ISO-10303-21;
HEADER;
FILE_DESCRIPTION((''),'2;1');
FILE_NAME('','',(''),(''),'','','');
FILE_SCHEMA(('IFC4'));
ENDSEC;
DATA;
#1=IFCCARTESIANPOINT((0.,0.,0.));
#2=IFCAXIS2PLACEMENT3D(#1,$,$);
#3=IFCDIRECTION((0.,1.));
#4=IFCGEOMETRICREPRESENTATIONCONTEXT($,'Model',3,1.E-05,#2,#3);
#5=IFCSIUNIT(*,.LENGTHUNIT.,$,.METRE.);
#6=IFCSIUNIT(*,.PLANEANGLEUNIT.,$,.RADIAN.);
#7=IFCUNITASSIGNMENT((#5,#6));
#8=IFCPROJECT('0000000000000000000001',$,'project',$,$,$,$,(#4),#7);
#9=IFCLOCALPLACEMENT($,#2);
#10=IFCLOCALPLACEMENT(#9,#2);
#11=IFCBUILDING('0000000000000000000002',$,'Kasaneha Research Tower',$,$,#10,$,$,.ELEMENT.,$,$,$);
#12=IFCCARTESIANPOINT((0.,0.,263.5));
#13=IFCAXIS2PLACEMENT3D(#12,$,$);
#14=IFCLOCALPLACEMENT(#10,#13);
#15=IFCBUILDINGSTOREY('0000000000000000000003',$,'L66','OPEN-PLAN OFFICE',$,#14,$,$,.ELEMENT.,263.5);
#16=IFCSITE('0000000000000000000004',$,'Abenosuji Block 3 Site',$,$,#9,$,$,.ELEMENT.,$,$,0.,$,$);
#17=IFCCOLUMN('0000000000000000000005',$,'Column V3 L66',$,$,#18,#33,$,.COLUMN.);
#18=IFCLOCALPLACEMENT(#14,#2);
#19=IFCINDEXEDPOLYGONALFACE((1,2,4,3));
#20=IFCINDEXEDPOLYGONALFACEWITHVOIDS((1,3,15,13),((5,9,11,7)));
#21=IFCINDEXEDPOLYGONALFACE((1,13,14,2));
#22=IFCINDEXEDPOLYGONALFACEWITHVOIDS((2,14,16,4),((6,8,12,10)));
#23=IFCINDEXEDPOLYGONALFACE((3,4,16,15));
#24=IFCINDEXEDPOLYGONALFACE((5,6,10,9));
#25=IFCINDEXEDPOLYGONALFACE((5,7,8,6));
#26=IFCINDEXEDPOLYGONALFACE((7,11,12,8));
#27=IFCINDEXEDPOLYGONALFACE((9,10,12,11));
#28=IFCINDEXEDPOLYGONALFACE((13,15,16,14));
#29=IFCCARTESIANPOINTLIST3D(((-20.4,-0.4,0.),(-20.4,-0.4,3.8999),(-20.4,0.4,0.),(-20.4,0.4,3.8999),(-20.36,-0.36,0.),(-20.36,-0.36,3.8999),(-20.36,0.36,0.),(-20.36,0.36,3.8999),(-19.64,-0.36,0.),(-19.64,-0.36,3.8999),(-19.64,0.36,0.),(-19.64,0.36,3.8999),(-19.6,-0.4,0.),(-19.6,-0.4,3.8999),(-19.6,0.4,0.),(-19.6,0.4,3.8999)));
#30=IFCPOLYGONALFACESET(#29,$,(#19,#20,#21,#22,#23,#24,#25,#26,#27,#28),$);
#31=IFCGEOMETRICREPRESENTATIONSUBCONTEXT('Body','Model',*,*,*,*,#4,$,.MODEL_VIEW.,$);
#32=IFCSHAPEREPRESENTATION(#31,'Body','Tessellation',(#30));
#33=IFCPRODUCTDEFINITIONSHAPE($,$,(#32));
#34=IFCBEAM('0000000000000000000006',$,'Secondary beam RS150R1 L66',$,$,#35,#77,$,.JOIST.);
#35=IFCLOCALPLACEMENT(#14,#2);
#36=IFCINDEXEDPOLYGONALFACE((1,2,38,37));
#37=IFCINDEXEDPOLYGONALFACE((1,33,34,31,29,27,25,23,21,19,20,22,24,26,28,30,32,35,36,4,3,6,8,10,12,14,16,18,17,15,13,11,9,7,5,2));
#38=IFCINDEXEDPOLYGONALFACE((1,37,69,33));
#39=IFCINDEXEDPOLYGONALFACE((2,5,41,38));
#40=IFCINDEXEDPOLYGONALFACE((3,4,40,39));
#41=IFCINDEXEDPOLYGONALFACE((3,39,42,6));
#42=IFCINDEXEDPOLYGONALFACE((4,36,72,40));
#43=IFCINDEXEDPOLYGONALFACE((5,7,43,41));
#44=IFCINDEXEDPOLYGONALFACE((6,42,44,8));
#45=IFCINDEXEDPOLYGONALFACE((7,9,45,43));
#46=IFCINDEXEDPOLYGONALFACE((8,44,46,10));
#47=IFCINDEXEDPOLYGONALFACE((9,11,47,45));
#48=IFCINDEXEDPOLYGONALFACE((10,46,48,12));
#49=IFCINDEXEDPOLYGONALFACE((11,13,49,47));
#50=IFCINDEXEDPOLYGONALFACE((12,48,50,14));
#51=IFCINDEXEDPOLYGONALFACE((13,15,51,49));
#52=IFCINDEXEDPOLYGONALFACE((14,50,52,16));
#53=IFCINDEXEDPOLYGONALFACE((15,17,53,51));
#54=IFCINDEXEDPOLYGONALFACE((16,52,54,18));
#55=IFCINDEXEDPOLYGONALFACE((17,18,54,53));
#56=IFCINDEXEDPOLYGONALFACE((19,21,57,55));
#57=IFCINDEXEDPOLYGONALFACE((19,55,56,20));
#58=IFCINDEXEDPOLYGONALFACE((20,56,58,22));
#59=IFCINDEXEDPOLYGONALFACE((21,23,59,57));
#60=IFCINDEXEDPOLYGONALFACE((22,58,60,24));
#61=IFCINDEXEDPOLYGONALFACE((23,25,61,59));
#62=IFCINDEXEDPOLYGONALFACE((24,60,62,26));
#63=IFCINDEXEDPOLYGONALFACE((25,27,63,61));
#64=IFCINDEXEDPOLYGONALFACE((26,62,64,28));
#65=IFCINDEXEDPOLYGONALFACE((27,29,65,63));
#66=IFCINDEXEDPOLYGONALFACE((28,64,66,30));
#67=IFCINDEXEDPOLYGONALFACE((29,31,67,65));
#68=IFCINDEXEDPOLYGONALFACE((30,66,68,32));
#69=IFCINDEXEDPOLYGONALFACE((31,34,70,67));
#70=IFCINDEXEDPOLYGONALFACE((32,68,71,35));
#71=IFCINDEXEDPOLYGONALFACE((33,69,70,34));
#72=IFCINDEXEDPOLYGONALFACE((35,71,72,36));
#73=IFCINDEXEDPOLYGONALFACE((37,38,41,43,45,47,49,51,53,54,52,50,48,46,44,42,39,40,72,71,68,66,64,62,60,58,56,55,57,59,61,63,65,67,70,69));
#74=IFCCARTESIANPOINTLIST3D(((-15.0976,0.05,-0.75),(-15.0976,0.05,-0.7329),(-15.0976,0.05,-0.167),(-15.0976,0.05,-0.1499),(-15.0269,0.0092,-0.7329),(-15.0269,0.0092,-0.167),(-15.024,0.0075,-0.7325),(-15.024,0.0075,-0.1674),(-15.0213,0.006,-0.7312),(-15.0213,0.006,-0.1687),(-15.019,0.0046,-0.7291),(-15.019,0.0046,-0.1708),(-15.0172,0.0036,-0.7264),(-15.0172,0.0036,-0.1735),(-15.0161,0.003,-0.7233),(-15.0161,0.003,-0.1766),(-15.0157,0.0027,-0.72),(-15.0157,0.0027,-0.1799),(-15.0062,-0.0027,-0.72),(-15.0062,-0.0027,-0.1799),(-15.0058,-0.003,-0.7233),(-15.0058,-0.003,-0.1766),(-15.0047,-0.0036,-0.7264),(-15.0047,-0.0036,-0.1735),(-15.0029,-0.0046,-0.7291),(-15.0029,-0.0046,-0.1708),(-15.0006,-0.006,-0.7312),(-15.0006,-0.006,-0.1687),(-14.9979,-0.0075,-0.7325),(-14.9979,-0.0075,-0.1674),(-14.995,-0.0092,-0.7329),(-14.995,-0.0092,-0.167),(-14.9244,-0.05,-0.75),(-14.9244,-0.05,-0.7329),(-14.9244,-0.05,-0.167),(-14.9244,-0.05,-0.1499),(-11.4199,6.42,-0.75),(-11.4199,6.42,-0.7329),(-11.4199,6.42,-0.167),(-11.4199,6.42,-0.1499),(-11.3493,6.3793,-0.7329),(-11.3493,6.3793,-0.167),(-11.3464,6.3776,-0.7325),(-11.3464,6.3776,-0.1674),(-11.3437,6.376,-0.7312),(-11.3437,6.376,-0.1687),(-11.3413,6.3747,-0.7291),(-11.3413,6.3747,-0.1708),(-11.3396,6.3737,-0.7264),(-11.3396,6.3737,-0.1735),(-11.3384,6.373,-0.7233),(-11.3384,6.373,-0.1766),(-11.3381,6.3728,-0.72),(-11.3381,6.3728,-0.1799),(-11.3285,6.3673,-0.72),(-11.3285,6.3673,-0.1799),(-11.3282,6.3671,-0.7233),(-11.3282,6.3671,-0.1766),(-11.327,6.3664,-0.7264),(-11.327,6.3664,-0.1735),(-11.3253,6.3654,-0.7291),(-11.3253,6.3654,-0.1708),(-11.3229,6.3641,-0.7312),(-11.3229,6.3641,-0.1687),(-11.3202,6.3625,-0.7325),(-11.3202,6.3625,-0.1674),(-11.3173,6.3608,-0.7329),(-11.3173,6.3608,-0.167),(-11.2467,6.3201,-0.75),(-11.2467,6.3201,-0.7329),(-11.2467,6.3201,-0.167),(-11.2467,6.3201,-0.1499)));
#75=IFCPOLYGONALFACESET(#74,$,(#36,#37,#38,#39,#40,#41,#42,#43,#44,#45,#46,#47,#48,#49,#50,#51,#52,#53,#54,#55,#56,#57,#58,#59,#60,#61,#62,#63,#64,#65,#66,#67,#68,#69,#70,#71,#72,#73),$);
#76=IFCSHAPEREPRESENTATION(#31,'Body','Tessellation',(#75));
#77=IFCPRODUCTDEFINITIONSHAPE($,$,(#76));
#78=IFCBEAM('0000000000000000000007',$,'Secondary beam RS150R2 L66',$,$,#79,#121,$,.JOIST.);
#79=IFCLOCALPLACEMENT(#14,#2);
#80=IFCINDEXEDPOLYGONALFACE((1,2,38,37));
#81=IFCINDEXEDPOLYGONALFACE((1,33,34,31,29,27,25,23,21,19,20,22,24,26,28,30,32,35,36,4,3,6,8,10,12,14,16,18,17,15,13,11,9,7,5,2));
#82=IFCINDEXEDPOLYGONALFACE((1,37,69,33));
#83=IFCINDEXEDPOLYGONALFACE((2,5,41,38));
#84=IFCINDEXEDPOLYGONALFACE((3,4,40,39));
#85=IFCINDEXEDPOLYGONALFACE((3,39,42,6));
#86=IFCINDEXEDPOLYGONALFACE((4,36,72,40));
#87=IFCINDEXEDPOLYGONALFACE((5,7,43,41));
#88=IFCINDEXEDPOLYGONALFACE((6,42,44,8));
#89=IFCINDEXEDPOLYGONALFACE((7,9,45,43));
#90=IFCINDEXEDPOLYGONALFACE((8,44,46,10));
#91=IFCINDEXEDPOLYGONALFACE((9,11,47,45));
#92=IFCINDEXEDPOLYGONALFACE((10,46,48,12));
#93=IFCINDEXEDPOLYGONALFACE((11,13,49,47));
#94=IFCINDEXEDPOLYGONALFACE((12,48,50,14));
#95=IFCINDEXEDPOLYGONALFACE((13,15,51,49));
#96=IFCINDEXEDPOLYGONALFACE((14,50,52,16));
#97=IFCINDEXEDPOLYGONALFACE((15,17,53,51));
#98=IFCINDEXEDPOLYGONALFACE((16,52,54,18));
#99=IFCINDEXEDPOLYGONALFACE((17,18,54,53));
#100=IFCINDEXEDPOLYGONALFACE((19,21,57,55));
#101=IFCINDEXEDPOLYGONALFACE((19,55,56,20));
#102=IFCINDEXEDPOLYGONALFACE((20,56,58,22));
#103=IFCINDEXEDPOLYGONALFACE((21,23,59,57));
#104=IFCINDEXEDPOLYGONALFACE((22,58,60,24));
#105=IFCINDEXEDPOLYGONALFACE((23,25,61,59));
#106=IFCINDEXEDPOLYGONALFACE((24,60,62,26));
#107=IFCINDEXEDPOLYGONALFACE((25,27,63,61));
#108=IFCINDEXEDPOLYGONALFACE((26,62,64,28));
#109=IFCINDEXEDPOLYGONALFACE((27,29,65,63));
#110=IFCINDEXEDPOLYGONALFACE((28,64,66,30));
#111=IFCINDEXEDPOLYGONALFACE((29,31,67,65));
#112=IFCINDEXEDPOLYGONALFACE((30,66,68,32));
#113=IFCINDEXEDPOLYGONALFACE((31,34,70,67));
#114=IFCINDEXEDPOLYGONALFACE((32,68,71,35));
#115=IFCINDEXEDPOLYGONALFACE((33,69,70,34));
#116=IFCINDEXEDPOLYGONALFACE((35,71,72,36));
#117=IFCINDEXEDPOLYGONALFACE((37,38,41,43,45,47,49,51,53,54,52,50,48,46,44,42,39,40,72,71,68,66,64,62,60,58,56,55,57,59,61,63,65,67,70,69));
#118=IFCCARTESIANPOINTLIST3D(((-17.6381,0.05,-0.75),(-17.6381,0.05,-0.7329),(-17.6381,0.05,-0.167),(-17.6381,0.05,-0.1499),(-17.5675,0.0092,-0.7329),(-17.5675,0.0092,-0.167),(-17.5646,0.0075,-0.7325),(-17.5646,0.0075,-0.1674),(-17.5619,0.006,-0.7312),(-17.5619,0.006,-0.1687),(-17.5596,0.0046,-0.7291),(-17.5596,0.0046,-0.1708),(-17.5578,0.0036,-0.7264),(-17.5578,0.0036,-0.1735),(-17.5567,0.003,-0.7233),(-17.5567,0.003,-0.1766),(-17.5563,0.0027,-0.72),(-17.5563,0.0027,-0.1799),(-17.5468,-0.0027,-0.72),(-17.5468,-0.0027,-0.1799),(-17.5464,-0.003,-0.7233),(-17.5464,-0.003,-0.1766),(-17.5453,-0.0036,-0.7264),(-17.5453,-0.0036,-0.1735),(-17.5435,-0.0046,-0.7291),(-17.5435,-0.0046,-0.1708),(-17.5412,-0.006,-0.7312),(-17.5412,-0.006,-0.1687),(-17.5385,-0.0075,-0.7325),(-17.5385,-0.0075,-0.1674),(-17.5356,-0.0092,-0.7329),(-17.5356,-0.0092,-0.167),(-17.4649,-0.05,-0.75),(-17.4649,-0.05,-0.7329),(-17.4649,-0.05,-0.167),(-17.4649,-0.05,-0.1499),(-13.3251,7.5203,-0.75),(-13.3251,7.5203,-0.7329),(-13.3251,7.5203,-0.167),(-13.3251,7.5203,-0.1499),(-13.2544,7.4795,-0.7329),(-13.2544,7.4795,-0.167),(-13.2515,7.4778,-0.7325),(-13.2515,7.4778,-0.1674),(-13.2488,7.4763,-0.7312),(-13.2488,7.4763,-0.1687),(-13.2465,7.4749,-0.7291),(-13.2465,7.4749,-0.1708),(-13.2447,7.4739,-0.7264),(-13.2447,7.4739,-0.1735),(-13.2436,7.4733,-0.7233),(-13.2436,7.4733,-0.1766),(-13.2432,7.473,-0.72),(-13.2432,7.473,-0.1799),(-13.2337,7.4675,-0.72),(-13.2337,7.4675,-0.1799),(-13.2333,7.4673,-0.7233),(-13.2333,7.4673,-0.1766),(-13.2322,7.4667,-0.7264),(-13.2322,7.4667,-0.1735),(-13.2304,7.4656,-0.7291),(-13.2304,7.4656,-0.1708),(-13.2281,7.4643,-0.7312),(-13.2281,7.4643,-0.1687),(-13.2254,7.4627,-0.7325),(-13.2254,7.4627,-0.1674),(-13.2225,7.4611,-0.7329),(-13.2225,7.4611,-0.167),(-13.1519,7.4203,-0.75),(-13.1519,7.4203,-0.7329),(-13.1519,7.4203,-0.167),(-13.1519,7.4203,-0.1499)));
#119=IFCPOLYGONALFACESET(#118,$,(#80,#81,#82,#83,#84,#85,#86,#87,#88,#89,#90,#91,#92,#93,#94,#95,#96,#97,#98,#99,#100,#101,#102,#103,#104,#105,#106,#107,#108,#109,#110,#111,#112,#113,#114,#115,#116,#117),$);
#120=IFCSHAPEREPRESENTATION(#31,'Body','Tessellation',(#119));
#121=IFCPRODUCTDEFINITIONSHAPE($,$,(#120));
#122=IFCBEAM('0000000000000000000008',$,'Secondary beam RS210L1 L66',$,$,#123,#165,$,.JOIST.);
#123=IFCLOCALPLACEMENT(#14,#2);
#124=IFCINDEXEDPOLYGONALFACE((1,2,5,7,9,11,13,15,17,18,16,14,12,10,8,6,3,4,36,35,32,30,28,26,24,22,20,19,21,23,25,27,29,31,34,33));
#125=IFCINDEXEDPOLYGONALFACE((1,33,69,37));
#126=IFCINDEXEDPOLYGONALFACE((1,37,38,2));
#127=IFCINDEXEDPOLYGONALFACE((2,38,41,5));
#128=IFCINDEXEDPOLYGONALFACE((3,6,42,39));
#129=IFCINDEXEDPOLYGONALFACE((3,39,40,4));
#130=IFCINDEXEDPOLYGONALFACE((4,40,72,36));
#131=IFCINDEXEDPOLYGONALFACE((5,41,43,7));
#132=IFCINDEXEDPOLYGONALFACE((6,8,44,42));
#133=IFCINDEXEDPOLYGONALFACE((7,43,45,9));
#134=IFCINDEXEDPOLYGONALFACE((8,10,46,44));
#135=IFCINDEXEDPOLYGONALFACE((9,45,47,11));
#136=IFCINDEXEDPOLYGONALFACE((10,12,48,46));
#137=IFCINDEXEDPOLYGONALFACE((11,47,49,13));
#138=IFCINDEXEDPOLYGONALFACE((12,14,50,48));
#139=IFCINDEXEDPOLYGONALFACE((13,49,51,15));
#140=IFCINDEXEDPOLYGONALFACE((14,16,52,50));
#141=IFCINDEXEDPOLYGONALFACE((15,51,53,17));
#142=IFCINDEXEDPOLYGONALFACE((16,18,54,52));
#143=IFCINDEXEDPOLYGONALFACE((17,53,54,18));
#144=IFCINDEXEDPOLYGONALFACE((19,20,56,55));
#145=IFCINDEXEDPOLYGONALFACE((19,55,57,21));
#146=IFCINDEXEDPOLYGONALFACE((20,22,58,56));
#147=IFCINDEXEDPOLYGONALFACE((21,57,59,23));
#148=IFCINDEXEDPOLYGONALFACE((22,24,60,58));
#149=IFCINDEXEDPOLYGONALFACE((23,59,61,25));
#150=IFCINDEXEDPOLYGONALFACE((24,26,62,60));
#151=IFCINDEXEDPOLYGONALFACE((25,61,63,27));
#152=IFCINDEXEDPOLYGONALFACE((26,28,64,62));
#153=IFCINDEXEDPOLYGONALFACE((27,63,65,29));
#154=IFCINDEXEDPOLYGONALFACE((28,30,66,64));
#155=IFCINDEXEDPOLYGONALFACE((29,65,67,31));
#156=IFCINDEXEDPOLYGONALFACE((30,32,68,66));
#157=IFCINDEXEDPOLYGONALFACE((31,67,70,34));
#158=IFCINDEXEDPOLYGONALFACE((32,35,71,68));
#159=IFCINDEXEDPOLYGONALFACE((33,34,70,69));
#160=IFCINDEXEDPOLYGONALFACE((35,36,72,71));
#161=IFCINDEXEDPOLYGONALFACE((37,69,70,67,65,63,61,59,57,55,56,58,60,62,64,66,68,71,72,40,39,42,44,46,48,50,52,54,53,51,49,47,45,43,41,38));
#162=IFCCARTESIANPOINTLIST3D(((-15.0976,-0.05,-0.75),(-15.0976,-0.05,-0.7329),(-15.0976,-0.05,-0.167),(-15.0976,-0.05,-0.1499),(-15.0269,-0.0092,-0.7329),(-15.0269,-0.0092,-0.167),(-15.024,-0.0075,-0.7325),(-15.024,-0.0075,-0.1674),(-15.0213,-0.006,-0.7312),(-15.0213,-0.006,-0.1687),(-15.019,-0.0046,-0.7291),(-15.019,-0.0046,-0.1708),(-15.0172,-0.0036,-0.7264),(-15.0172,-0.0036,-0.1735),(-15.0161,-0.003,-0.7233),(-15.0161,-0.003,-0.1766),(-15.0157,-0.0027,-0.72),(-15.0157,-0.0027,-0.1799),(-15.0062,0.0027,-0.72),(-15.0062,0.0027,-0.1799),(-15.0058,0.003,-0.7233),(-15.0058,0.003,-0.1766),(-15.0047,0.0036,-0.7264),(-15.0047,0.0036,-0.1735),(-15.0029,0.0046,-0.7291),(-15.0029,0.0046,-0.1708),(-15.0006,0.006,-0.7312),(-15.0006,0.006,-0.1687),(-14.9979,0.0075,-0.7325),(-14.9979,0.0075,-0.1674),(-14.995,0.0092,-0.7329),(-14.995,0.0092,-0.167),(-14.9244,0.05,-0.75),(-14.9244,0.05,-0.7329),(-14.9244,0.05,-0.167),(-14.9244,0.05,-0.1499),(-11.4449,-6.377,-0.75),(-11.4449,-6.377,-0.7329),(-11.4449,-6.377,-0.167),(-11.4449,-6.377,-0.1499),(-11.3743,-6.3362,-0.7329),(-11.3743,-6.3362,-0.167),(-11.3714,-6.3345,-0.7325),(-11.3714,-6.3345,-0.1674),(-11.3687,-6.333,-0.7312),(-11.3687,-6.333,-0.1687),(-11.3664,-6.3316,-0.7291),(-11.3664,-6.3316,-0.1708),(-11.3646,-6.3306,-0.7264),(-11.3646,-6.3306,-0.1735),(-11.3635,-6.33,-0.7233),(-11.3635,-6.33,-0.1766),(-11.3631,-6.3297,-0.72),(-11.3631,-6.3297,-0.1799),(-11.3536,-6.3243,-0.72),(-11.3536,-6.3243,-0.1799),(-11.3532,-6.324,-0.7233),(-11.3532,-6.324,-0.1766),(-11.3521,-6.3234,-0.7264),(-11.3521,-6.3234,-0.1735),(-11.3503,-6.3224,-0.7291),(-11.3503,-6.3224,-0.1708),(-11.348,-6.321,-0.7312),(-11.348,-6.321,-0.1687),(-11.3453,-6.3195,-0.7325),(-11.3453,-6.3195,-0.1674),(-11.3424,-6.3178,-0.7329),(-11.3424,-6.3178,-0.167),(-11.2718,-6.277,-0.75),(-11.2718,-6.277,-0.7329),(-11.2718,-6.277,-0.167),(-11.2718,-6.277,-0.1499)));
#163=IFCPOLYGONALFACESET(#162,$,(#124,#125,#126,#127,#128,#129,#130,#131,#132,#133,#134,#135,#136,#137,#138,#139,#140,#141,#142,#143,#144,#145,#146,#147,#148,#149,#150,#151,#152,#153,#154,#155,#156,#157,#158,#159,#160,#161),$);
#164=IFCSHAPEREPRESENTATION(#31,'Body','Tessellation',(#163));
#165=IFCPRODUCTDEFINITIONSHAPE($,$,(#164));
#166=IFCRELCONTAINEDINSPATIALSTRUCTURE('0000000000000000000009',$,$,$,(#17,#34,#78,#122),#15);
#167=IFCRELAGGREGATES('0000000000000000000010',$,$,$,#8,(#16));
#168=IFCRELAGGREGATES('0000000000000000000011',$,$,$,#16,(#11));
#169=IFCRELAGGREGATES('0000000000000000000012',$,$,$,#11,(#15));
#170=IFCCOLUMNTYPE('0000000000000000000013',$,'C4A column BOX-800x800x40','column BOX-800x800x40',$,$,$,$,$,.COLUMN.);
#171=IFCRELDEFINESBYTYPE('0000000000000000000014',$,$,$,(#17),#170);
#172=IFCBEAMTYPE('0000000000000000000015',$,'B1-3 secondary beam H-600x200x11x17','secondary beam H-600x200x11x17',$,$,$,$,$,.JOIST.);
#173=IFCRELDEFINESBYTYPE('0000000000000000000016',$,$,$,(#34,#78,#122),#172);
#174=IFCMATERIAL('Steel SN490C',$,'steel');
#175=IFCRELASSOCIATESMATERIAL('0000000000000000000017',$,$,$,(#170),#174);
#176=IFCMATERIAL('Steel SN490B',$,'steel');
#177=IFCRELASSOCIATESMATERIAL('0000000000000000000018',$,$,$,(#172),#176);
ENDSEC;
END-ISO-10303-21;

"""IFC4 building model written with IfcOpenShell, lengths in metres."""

from ifc_helpers import new_model, si_unit, direction, frame, origin, origin_2d, place, context, subcontext, project, spatial, hollow_rectangle, i_section, extrude, material, material_profile, profile_set, type_object, element, save


model = new_model("IFC4")

# Units and contexts
model_context = context("Model", 3, precision=1e-05, world=origin(), true_north=direction((0.0, 1.0)))
body_context = subcontext(model_context, "Body", "Model", "MODEL_VIEW")
ifc_project = project(units=[si_unit("LENGTHUNIT", "METRE"), si_unit("PLANEANGLEUNIT", "RADIAN")], contexts=[model_context])

# Site, building, storey
site_placement = place(None, origin())
site = spatial("IfcSite", under=ifc_project, at=site_placement, Name="Abenosuji Block 3 Site", CompositionType="ELEMENT", RefElevation=0.0)
building_placement = place(site_placement, origin())
building = spatial("IfcBuilding", under=site, at=building_placement, Name="Kasaneha Research Tower", CompositionType="ELEMENT")
storey_placement = place(building_placement, frame((0.0, 0.0, 263.5)))
storey = spatial("IfcBuildingStorey", under=building, at=storey_placement, Name="L66", Description="OPEN-PLAN OFFICE", CompositionType="ELEMENT", Elevation=263.5)

# Column
ifc_material_1 = material(Name="Steel SN490C", Category="steel")
ifc_material_profile_1 = material_profile(ifc_material_1, hollow_rectangle(XDim=0.8, YDim=0.8, WallThickness=0.04, at=origin_2d()), Name="BOX-800x800x40")
ifc_profile_set_1 = profile_set([ifc_material_profile_1], Name="Steel SN490C")
column_type = type_object("IfcColumnType", Name="C4A column BOX-800x800x40", Description="column BOX-800x800x40", PredefinedType="COLUMN", material=ifc_profile_set_1)
column_placement = place(storey_placement, frame((-20.0, 0.0, 0.0), z_axis=(0.0, 0.0, 1.0), x_axis=(1.0, 0.0, 0.0)))
element("IfcColumn", 1, at=column_placement, inside=storey, type_object=column_type, Name="Column V3 L66", PredefinedType="COLUMN", context=body_context, shape_type="SweptSolid", body=[
    extrude(hollow_rectangle(XDim=0.8, YDim=0.8, WallThickness=0.04, at=origin_2d()), origin(), (0.0, 0.0, 1.0), 3.8999),
])

# Beams
ifc_material_2 = material(Name="Steel SN490B", Category="steel")
ifc_material_profile_2 = material_profile(ifc_material_2, i_section(OverallWidth=0.2, OverallDepth=0.6001, WebThickness=0.011, FlangeThickness=0.0171, FilletRadius=0.0129, at=origin_2d()), Name="H-600x200x11x17")
ifc_profile_set_2 = profile_set([ifc_material_profile_2], Name="Steel SN490B")
beam_type_1 = type_object("IfcBeamType", Name="B1-3 secondary beam H-600x200x11x17", Description="secondary beam H-600x200x11x17", PredefinedType="JOIST", material=ifc_profile_set_2)
beam_1_placement = place(storey_placement, frame((-15.011, 0.0, -0.45), z_axis=(0.499994, 0.866029, 0.0), x_axis=(-0.866029, 0.499994, 0.0)))
element("IfcBeam", 2, at=beam_1_placement, inside=storey, type_object=beam_type_1, Name="Secondary beam RS150R1 L66", PredefinedType="JOIST", context=body_context, shape_type="SweptSolid", body=[
    extrude(i_section(OverallWidth=0.2, OverallDepth=0.6001, WebThickness=0.011, FlangeThickness=0.0171, FilletRadius=0.0129, at=origin_2d()), origin(), (0.0, 0.0, 1.0), 7.3555),
])
beam_2_placement = place(storey_placement, frame((-17.5515, 0.0, -0.45), z_axis=(0.500005, 0.866023, 0.0), x_axis=(-0.866023, 0.500005, 0.0)))
element("IfcBeam", 3, at=beam_2_placement, inside=storey, type_object=beam_type_1, Name="Secondary beam RS150R2 L66", PredefinedType="JOIST", context=body_context, shape_type="SweptSolid", body=[
    extrude(i_section(OverallWidth=0.2, OverallDepth=0.6001, WebThickness=0.011, FlangeThickness=0.0171, FilletRadius=0.0129, at=origin_2d()), origin(), (0.0, 0.0, 1.0), 8.626),
])
beam_3_placement = place(storey_placement, frame((-15.011, 0.0, -0.45), z_axis=(0.499974, -0.86604, 0.0), x_axis=(0.86604, 0.499974, 0.0)))
element("IfcBeam", 4, at=beam_3_placement, inside=storey, type_object=beam_type_1, Name="Secondary beam RS210L1 L66", PredefinedType="JOIST", context=body_context, shape_type="SweptSolid", body=[
    extrude(i_section(OverallWidth=0.2, OverallDepth=0.6001, WebThickness=0.011, FlangeThickness=0.0171, FilletRadius=0.0129, at=origin_2d()), origin(), (0.0, 0.0, 1.0), 7.3057),
])

save(model, "model.ifc")
